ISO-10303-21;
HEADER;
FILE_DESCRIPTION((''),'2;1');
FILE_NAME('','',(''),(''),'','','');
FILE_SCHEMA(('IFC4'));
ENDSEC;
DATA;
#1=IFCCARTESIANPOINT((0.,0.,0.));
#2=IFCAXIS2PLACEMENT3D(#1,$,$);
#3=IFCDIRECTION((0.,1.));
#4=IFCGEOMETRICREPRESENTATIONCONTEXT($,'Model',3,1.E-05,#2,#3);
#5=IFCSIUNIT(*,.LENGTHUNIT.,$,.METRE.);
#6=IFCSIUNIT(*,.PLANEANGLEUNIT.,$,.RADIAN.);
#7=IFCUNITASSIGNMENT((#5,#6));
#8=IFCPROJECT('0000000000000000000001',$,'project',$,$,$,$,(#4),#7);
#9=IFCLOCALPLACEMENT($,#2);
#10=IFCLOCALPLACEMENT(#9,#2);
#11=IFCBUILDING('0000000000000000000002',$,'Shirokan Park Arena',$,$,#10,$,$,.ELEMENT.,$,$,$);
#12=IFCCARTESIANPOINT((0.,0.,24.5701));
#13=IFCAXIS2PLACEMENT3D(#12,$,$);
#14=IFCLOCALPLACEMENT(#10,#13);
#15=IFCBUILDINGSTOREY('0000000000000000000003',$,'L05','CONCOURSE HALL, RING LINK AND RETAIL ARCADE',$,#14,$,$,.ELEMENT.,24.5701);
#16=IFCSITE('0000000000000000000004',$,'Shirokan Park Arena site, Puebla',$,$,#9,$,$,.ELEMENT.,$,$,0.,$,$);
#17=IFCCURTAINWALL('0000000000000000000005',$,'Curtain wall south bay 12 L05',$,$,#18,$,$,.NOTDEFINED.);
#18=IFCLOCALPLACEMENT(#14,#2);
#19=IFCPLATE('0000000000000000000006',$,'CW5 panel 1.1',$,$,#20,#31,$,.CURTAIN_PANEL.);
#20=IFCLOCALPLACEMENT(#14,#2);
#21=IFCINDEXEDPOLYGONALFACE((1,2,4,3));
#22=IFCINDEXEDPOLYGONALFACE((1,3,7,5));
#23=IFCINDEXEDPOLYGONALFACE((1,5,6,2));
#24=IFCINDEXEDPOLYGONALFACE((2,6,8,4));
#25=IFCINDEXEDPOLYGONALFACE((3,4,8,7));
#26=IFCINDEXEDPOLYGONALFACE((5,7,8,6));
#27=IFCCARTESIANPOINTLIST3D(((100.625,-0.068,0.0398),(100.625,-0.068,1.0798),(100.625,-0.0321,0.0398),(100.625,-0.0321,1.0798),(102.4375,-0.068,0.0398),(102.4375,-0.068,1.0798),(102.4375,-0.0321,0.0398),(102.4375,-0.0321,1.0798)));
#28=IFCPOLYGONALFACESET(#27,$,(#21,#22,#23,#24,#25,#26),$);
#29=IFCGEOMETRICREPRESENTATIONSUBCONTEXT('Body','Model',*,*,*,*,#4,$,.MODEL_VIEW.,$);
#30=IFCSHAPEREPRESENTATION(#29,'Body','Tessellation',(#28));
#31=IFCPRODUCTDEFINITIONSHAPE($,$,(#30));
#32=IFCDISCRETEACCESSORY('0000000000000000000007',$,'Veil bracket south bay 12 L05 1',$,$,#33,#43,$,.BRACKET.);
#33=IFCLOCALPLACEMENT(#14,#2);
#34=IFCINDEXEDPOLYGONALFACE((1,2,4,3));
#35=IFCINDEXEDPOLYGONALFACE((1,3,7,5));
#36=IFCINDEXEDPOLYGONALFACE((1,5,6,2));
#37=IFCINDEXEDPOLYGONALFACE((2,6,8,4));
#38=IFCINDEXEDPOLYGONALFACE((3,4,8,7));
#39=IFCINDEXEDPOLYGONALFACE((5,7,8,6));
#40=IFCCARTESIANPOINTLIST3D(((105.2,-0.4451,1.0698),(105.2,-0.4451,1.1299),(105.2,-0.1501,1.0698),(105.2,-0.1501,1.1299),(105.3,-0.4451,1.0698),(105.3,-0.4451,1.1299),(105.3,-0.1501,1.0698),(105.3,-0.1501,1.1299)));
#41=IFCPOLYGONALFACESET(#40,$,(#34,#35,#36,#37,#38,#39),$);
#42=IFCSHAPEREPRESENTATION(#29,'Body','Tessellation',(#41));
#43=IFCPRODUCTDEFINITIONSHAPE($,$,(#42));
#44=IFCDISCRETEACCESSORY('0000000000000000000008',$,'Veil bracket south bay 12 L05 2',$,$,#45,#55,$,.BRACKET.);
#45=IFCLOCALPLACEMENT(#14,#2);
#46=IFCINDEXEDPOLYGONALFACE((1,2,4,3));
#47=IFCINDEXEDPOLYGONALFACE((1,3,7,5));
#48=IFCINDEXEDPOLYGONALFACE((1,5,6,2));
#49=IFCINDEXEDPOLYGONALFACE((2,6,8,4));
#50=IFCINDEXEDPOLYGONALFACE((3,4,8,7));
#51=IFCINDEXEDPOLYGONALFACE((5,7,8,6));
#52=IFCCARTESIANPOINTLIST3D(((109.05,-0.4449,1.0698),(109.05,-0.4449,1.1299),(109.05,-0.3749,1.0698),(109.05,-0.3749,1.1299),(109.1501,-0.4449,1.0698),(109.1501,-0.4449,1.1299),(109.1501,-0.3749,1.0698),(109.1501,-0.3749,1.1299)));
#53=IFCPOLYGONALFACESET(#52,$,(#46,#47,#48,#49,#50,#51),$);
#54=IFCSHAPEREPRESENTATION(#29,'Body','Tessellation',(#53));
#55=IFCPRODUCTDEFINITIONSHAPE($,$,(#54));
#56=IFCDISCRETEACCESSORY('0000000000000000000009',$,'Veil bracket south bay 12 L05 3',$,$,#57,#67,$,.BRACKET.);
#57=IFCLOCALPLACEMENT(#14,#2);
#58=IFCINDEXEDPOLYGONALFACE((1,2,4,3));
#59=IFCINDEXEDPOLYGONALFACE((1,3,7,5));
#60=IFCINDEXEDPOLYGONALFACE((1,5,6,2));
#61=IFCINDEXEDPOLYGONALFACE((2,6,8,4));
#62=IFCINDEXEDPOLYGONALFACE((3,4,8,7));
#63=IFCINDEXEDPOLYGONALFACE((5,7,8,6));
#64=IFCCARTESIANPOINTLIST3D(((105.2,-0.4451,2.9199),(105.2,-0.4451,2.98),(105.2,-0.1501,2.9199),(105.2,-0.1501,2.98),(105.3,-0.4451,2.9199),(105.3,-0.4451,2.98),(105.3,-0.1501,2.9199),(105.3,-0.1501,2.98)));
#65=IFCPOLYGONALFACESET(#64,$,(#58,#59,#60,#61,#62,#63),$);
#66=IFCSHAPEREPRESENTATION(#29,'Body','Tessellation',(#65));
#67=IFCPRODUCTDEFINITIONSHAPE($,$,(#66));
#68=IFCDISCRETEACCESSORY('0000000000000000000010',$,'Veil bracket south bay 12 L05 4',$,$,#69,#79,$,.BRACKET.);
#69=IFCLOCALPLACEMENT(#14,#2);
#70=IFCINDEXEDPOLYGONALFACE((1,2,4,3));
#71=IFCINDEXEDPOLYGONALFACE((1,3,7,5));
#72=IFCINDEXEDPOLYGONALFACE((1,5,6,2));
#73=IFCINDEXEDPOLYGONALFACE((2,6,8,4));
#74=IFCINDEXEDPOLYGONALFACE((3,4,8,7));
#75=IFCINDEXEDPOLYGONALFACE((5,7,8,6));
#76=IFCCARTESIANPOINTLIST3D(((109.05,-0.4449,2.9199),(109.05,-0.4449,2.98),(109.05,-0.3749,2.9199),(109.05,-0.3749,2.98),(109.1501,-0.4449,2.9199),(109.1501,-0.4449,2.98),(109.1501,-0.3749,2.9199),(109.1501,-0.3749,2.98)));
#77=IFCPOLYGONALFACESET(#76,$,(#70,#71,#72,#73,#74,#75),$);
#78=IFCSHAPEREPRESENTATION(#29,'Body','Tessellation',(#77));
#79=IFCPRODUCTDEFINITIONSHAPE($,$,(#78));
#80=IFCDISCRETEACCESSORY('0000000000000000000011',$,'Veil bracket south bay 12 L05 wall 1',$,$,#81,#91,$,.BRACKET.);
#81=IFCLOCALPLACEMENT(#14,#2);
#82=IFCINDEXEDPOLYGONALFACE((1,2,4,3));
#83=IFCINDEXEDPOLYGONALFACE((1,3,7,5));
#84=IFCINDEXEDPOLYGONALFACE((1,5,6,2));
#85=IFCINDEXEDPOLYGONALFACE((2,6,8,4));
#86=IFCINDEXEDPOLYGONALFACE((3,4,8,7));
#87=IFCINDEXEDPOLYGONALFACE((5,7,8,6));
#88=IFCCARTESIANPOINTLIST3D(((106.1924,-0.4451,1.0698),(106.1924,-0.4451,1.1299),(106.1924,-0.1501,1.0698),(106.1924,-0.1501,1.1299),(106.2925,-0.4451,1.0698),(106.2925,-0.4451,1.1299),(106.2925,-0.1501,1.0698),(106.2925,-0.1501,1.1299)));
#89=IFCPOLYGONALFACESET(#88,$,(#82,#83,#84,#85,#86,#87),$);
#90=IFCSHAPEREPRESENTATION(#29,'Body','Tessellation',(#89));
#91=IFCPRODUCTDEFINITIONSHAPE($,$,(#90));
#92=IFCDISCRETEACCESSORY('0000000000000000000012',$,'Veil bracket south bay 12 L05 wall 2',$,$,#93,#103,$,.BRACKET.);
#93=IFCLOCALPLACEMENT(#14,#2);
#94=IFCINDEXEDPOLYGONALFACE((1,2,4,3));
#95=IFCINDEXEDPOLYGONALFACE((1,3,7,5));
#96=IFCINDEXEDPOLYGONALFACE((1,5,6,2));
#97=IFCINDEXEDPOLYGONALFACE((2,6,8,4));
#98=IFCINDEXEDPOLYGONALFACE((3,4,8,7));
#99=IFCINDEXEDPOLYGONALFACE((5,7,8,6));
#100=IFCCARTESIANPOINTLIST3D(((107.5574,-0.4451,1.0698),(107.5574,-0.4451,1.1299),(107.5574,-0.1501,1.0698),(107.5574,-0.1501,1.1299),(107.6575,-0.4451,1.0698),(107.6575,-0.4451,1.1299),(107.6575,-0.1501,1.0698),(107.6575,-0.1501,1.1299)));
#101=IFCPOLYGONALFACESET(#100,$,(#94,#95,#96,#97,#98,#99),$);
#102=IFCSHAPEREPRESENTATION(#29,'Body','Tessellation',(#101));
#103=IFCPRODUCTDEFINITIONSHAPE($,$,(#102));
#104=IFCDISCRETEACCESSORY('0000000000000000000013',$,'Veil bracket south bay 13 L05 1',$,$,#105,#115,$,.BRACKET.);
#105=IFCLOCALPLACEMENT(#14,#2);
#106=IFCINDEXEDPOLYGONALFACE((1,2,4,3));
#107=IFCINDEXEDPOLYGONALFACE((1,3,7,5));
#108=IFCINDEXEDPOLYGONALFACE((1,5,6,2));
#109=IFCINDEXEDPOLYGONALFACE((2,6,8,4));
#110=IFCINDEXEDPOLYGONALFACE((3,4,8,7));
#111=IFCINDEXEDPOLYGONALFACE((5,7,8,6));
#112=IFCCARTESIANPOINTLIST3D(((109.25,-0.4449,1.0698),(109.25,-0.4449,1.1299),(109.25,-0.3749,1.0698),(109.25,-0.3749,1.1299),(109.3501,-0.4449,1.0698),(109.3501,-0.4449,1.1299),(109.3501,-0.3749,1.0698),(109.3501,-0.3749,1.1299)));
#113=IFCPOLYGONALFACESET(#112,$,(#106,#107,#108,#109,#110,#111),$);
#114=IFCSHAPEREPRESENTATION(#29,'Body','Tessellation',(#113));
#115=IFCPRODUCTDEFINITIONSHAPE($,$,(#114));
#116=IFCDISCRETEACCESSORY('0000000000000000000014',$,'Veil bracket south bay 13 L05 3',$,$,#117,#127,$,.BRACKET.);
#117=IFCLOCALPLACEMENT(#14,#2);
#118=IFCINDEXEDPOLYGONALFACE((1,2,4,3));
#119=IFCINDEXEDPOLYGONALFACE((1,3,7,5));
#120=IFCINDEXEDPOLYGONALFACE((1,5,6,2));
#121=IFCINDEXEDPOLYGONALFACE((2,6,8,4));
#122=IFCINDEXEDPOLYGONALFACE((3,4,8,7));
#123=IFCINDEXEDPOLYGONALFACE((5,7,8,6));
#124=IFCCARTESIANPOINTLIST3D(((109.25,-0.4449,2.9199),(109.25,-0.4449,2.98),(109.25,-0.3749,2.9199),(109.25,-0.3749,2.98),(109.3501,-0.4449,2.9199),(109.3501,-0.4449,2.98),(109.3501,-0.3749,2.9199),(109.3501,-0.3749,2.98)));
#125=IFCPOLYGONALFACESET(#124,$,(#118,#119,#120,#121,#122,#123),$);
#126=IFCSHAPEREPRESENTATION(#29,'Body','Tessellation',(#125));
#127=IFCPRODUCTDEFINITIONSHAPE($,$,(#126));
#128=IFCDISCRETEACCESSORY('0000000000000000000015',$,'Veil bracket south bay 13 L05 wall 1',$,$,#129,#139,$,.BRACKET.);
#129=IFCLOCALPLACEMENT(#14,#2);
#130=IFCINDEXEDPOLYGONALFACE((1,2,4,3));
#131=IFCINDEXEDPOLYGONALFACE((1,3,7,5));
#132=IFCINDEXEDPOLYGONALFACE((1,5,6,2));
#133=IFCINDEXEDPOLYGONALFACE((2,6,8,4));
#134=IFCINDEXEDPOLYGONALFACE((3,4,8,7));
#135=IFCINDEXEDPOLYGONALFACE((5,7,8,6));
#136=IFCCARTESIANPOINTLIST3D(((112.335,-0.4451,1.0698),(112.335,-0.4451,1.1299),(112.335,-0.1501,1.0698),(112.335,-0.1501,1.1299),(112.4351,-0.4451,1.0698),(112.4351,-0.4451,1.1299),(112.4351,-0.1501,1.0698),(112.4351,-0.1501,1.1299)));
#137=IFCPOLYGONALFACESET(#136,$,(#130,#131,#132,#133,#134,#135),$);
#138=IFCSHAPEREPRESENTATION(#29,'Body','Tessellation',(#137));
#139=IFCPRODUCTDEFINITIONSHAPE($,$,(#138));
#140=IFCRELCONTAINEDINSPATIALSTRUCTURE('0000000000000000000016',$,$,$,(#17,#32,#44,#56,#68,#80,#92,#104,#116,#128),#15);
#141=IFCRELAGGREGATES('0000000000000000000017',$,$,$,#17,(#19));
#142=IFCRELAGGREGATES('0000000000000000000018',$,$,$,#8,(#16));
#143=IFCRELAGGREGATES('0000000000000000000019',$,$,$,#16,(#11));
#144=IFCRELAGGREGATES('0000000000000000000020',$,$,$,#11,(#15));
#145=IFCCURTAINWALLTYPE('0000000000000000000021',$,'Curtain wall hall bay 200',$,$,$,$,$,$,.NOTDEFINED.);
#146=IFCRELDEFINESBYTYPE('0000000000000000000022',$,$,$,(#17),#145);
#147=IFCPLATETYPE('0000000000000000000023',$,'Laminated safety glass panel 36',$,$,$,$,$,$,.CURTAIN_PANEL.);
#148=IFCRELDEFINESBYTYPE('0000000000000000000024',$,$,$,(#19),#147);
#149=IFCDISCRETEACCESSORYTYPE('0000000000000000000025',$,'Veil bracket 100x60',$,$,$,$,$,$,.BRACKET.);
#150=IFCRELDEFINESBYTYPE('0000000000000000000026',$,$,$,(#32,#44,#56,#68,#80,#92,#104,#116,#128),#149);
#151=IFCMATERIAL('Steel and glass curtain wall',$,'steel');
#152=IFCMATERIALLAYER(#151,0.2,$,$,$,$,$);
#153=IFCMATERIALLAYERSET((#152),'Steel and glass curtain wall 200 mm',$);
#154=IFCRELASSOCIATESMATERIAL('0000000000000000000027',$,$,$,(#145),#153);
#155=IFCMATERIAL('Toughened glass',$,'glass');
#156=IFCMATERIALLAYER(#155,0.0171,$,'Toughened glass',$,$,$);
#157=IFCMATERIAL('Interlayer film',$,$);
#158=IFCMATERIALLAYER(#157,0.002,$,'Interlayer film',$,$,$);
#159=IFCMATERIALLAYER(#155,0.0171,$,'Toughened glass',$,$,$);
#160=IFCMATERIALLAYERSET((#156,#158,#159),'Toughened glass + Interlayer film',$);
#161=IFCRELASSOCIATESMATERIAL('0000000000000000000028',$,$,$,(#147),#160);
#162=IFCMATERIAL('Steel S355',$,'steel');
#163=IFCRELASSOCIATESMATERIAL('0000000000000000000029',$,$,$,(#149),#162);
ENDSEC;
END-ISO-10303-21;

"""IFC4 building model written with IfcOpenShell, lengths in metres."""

from ifc_helpers import new_model, si_unit, direction, frame, origin, origin_2d, place, context, subcontext, project, spatial, rectangle, extrude, material, layer, layer_set, type_object, element, aggregate, save


model = new_model("IFC4")

# Units and contexts
model_context = context("Model", 3, precision=1e-05, world=origin(), true_north=direction((0.0, 1.0)))
body_context = subcontext(model_context, "Body", "Model", "MODEL_VIEW")
ifc_project = project(units=[si_unit("LENGTHUNIT", "METRE"), si_unit("PLANEANGLEUNIT", "RADIAN")], contexts=[model_context])

# Site, building, storey
site_placement = place(None, origin())
site = spatial("IfcSite", under=ifc_project, at=site_placement, Name="Shirokan Park Arena site, Puebla", CompositionType="ELEMENT", RefElevation=0.0)
building_placement = place(site_placement, origin())
building = spatial("IfcBuilding", under=site, at=building_placement, Name="Shirokan Park Arena", CompositionType="ELEMENT")
storey_placement = place(building_placement, frame((0.0, 0.0, 24.5701)))
storey = spatial("IfcBuildingStorey", under=building, at=storey_placement, Name="L05", Description="CONCOURSE HALL, RING LINK AND RETAIL ARCADE", CompositionType="ELEMENT", Elevation=24.5701)

# Shared definitions
ifc_material_1 = material(Name="Steel and glass curtain wall", Category="steel")
ifc_layer_1 = layer(ifc_material_1, 0.2)
ifc_layer_set_1 = layer_set([ifc_layer_1], Name="Steel and glass curtain wall 200 mm")
curtain_wall_type = type_object("IfcCurtainWallType", Name="Curtain wall hall bay 200", PredefinedType="NOTDEFINED", material=ifc_layer_set_1)
ifc_material_2 = material(Name="Steel S355", Category="steel")

# Curtain wall
curtain_wall_1_placement = place(storey_placement, origin())
curtain_wall_1 = element("IfcCurtainWall", 1, at=curtain_wall_1_placement, inside=storey, type_object=curtain_wall_type, Name="Curtain wall south bay 12 L05", PredefinedType="NOTDEFINED")

# Plate
ifc_material_3 = material(Name="Toughened glass", Category="glass")
ifc_material_4 = material(Name="Interlayer film")
ifc_layer_2 = layer(ifc_material_3, 0.0171, Name="Toughened glass")
ifc_layer_3 = layer(ifc_material_4, 0.002, Name="Interlayer film")
ifc_layer_4 = layer(ifc_material_3, 0.0171, Name="Toughened glass")
ifc_layer_set_2 = layer_set([ifc_layer_2, ifc_layer_3, ifc_layer_4], Name="Toughened glass + Interlayer film")
plate_type_1 = type_object("IfcPlateType", Name="Laminated safety glass panel 36", PredefinedType="CURTAIN_PANEL", material=ifc_layer_set_2)
plate_1_placement = place(storey_placement, frame((101.5312, -0.05, 0.0398), z_axis=(0.0, 0.0, 1.0), x_axis=(1.0, 0.0, 0.0)))
plate_1 = element("IfcPlate", 2, at=plate_1_placement, type_object=plate_type_1, Name="CW5 panel 1.1", PredefinedType="CURTAIN_PANEL", context=body_context, shape_type="SweptSolid", body=[
    extrude(rectangle(XDim=1.8125, YDim=0.0359, at=origin_2d()), origin(), (0.0, 0.0, 1.0), 1.04),
])
aggregate(curtain_wall_1, [plate_1])

# Discrete accessories
discrete_accessory_type = type_object("IfcDiscreteAccessoryType", Name="Veil bracket 100x60", PredefinedType="BRACKET", material=ifc_material_2)
discrete_accessory_1_placement = place(storey_placement, frame((105.25, -0.2976, 1.0698), z_axis=(0.0, 0.0, 1.0), x_axis=(1.0, 0.0, 0.0)))
element("IfcDiscreteAccessory", 3, at=discrete_accessory_1_placement, inside=storey, type_object=discrete_accessory_type, Name="Veil bracket south bay 12 L05 1", PredefinedType="BRACKET", context=body_context, shape_type="SweptSolid", body=[
    extrude(rectangle(XDim=0.1001, YDim=0.2949, at=origin_2d()), origin(), (0.0, 0.0, 1.0), 0.0601),
])
discrete_accessory_2_placement = place(storey_placement, frame((109.1001, -0.4099, 1.0698), z_axis=(0.0, 0.0, 1.0), x_axis=(1.0, 0.0, 0.0)))
element("IfcDiscreteAccessory", 4, at=discrete_accessory_2_placement, inside=storey, type_object=discrete_accessory_type, Name="Veil bracket south bay 12 L05 2", PredefinedType="BRACKET", context=body_context, shape_type="SweptSolid", body=[
    extrude(rectangle(XDim=0.1001, YDim=0.0701, at=origin_2d()), origin(), (0.0, 0.0, 1.0), 0.0601),
])
discrete_accessory_3_placement = place(storey_placement, frame((105.25, -0.2976, 2.9199), z_axis=(0.0, 0.0, 1.0), x_axis=(1.0, 0.0, 0.0)))
element("IfcDiscreteAccessory", 5, at=discrete_accessory_3_placement, inside=storey, type_object=discrete_accessory_type, Name="Veil bracket south bay 12 L05 3", PredefinedType="BRACKET", context=body_context, shape_type="SweptSolid", body=[
    extrude(rectangle(XDim=0.1001, YDim=0.2949, at=origin_2d()), origin(), (0.0, 0.0, 1.0), 0.0601),
])
discrete_accessory_4_placement = place(storey_placement, frame((109.1001, -0.4099, 2.9199), z_axis=(0.0, 0.0, 1.0), x_axis=(1.0, 0.0, 0.0)))
element("IfcDiscreteAccessory", 6, at=discrete_accessory_4_placement, inside=storey, type_object=discrete_accessory_type, Name="Veil bracket south bay 12 L05 4", PredefinedType="BRACKET", context=body_context, shape_type="SweptSolid", body=[
    extrude(rectangle(XDim=0.1001, YDim=0.0701, at=origin_2d()), origin(), (0.0, 0.0, 1.0), 0.0601),
])
for number, where, z_axis, x_axis, name in (
    (7, (106.2424, -0.2976, 1.0698), (0.0, 0.0, 1.0), (1.0, 0.0, 0.0), "Veil bracket south bay 12 L05 wall 1"),
    (8, (107.6074, -0.2976, 1.0698), (0.0, 0.0, 1.0), (1.0, 0.0, 0.0), "Veil bracket south bay 12 L05 wall 2"),
):
    element("IfcDiscreteAccessory", number, at=place(storey_placement, frame(where, z_axis=z_axis, x_axis=x_axis)), inside=storey, type_object=discrete_accessory_type, Name=name, PredefinedType="BRACKET", context=body_context, shape_type="SweptSolid", body=[
        extrude(rectangle(XDim=0.1001, YDim=0.2949, at=origin_2d()), origin(), (0.0, 0.0, 1.0), 0.0601),
    ])
for number, where, z_axis, x_axis, name in (
    (9, (109.3, -0.4099, 1.0698), (0.0, 0.0, 1.0), (1.0, 0.0, 0.0), "Veil bracket south bay 13 L05 1"),
    (10, (109.3, -0.4099, 2.9199), (0.0, 0.0, 1.0), (1.0, 0.0, 0.0), "Veil bracket south bay 13 L05 3"),
):
    element("IfcDiscreteAccessory", number, at=place(storey_placement, frame(where, z_axis=z_axis, x_axis=x_axis)), inside=storey, type_object=discrete_accessory_type, Name=name, PredefinedType="BRACKET", context=body_context, shape_type="SweptSolid", body=[
        extrude(rectangle(XDim=0.1001, YDim=0.0701, at=origin_2d()), origin(), (0.0, 0.0, 1.0), 0.0601),
    ])
discrete_accessory_5_placement = place(storey_placement, frame((112.385, -0.2976, 1.0698), z_axis=(0.0, 0.0, 1.0), x_axis=(1.0, 0.0, 0.0)))
element("IfcDiscreteAccessory", 11, at=discrete_accessory_5_placement, inside=storey, type_object=discrete_accessory_type, Name="Veil bracket south bay 13 L05 wall 1", PredefinedType="BRACKET", context=body_context, shape_type="SweptSolid", body=[
    extrude(rectangle(XDim=0.1001, YDim=0.2949, at=origin_2d()), origin(), (0.0, 0.0, 1.0), 0.0601),
])

save(model, "model.ifc")
